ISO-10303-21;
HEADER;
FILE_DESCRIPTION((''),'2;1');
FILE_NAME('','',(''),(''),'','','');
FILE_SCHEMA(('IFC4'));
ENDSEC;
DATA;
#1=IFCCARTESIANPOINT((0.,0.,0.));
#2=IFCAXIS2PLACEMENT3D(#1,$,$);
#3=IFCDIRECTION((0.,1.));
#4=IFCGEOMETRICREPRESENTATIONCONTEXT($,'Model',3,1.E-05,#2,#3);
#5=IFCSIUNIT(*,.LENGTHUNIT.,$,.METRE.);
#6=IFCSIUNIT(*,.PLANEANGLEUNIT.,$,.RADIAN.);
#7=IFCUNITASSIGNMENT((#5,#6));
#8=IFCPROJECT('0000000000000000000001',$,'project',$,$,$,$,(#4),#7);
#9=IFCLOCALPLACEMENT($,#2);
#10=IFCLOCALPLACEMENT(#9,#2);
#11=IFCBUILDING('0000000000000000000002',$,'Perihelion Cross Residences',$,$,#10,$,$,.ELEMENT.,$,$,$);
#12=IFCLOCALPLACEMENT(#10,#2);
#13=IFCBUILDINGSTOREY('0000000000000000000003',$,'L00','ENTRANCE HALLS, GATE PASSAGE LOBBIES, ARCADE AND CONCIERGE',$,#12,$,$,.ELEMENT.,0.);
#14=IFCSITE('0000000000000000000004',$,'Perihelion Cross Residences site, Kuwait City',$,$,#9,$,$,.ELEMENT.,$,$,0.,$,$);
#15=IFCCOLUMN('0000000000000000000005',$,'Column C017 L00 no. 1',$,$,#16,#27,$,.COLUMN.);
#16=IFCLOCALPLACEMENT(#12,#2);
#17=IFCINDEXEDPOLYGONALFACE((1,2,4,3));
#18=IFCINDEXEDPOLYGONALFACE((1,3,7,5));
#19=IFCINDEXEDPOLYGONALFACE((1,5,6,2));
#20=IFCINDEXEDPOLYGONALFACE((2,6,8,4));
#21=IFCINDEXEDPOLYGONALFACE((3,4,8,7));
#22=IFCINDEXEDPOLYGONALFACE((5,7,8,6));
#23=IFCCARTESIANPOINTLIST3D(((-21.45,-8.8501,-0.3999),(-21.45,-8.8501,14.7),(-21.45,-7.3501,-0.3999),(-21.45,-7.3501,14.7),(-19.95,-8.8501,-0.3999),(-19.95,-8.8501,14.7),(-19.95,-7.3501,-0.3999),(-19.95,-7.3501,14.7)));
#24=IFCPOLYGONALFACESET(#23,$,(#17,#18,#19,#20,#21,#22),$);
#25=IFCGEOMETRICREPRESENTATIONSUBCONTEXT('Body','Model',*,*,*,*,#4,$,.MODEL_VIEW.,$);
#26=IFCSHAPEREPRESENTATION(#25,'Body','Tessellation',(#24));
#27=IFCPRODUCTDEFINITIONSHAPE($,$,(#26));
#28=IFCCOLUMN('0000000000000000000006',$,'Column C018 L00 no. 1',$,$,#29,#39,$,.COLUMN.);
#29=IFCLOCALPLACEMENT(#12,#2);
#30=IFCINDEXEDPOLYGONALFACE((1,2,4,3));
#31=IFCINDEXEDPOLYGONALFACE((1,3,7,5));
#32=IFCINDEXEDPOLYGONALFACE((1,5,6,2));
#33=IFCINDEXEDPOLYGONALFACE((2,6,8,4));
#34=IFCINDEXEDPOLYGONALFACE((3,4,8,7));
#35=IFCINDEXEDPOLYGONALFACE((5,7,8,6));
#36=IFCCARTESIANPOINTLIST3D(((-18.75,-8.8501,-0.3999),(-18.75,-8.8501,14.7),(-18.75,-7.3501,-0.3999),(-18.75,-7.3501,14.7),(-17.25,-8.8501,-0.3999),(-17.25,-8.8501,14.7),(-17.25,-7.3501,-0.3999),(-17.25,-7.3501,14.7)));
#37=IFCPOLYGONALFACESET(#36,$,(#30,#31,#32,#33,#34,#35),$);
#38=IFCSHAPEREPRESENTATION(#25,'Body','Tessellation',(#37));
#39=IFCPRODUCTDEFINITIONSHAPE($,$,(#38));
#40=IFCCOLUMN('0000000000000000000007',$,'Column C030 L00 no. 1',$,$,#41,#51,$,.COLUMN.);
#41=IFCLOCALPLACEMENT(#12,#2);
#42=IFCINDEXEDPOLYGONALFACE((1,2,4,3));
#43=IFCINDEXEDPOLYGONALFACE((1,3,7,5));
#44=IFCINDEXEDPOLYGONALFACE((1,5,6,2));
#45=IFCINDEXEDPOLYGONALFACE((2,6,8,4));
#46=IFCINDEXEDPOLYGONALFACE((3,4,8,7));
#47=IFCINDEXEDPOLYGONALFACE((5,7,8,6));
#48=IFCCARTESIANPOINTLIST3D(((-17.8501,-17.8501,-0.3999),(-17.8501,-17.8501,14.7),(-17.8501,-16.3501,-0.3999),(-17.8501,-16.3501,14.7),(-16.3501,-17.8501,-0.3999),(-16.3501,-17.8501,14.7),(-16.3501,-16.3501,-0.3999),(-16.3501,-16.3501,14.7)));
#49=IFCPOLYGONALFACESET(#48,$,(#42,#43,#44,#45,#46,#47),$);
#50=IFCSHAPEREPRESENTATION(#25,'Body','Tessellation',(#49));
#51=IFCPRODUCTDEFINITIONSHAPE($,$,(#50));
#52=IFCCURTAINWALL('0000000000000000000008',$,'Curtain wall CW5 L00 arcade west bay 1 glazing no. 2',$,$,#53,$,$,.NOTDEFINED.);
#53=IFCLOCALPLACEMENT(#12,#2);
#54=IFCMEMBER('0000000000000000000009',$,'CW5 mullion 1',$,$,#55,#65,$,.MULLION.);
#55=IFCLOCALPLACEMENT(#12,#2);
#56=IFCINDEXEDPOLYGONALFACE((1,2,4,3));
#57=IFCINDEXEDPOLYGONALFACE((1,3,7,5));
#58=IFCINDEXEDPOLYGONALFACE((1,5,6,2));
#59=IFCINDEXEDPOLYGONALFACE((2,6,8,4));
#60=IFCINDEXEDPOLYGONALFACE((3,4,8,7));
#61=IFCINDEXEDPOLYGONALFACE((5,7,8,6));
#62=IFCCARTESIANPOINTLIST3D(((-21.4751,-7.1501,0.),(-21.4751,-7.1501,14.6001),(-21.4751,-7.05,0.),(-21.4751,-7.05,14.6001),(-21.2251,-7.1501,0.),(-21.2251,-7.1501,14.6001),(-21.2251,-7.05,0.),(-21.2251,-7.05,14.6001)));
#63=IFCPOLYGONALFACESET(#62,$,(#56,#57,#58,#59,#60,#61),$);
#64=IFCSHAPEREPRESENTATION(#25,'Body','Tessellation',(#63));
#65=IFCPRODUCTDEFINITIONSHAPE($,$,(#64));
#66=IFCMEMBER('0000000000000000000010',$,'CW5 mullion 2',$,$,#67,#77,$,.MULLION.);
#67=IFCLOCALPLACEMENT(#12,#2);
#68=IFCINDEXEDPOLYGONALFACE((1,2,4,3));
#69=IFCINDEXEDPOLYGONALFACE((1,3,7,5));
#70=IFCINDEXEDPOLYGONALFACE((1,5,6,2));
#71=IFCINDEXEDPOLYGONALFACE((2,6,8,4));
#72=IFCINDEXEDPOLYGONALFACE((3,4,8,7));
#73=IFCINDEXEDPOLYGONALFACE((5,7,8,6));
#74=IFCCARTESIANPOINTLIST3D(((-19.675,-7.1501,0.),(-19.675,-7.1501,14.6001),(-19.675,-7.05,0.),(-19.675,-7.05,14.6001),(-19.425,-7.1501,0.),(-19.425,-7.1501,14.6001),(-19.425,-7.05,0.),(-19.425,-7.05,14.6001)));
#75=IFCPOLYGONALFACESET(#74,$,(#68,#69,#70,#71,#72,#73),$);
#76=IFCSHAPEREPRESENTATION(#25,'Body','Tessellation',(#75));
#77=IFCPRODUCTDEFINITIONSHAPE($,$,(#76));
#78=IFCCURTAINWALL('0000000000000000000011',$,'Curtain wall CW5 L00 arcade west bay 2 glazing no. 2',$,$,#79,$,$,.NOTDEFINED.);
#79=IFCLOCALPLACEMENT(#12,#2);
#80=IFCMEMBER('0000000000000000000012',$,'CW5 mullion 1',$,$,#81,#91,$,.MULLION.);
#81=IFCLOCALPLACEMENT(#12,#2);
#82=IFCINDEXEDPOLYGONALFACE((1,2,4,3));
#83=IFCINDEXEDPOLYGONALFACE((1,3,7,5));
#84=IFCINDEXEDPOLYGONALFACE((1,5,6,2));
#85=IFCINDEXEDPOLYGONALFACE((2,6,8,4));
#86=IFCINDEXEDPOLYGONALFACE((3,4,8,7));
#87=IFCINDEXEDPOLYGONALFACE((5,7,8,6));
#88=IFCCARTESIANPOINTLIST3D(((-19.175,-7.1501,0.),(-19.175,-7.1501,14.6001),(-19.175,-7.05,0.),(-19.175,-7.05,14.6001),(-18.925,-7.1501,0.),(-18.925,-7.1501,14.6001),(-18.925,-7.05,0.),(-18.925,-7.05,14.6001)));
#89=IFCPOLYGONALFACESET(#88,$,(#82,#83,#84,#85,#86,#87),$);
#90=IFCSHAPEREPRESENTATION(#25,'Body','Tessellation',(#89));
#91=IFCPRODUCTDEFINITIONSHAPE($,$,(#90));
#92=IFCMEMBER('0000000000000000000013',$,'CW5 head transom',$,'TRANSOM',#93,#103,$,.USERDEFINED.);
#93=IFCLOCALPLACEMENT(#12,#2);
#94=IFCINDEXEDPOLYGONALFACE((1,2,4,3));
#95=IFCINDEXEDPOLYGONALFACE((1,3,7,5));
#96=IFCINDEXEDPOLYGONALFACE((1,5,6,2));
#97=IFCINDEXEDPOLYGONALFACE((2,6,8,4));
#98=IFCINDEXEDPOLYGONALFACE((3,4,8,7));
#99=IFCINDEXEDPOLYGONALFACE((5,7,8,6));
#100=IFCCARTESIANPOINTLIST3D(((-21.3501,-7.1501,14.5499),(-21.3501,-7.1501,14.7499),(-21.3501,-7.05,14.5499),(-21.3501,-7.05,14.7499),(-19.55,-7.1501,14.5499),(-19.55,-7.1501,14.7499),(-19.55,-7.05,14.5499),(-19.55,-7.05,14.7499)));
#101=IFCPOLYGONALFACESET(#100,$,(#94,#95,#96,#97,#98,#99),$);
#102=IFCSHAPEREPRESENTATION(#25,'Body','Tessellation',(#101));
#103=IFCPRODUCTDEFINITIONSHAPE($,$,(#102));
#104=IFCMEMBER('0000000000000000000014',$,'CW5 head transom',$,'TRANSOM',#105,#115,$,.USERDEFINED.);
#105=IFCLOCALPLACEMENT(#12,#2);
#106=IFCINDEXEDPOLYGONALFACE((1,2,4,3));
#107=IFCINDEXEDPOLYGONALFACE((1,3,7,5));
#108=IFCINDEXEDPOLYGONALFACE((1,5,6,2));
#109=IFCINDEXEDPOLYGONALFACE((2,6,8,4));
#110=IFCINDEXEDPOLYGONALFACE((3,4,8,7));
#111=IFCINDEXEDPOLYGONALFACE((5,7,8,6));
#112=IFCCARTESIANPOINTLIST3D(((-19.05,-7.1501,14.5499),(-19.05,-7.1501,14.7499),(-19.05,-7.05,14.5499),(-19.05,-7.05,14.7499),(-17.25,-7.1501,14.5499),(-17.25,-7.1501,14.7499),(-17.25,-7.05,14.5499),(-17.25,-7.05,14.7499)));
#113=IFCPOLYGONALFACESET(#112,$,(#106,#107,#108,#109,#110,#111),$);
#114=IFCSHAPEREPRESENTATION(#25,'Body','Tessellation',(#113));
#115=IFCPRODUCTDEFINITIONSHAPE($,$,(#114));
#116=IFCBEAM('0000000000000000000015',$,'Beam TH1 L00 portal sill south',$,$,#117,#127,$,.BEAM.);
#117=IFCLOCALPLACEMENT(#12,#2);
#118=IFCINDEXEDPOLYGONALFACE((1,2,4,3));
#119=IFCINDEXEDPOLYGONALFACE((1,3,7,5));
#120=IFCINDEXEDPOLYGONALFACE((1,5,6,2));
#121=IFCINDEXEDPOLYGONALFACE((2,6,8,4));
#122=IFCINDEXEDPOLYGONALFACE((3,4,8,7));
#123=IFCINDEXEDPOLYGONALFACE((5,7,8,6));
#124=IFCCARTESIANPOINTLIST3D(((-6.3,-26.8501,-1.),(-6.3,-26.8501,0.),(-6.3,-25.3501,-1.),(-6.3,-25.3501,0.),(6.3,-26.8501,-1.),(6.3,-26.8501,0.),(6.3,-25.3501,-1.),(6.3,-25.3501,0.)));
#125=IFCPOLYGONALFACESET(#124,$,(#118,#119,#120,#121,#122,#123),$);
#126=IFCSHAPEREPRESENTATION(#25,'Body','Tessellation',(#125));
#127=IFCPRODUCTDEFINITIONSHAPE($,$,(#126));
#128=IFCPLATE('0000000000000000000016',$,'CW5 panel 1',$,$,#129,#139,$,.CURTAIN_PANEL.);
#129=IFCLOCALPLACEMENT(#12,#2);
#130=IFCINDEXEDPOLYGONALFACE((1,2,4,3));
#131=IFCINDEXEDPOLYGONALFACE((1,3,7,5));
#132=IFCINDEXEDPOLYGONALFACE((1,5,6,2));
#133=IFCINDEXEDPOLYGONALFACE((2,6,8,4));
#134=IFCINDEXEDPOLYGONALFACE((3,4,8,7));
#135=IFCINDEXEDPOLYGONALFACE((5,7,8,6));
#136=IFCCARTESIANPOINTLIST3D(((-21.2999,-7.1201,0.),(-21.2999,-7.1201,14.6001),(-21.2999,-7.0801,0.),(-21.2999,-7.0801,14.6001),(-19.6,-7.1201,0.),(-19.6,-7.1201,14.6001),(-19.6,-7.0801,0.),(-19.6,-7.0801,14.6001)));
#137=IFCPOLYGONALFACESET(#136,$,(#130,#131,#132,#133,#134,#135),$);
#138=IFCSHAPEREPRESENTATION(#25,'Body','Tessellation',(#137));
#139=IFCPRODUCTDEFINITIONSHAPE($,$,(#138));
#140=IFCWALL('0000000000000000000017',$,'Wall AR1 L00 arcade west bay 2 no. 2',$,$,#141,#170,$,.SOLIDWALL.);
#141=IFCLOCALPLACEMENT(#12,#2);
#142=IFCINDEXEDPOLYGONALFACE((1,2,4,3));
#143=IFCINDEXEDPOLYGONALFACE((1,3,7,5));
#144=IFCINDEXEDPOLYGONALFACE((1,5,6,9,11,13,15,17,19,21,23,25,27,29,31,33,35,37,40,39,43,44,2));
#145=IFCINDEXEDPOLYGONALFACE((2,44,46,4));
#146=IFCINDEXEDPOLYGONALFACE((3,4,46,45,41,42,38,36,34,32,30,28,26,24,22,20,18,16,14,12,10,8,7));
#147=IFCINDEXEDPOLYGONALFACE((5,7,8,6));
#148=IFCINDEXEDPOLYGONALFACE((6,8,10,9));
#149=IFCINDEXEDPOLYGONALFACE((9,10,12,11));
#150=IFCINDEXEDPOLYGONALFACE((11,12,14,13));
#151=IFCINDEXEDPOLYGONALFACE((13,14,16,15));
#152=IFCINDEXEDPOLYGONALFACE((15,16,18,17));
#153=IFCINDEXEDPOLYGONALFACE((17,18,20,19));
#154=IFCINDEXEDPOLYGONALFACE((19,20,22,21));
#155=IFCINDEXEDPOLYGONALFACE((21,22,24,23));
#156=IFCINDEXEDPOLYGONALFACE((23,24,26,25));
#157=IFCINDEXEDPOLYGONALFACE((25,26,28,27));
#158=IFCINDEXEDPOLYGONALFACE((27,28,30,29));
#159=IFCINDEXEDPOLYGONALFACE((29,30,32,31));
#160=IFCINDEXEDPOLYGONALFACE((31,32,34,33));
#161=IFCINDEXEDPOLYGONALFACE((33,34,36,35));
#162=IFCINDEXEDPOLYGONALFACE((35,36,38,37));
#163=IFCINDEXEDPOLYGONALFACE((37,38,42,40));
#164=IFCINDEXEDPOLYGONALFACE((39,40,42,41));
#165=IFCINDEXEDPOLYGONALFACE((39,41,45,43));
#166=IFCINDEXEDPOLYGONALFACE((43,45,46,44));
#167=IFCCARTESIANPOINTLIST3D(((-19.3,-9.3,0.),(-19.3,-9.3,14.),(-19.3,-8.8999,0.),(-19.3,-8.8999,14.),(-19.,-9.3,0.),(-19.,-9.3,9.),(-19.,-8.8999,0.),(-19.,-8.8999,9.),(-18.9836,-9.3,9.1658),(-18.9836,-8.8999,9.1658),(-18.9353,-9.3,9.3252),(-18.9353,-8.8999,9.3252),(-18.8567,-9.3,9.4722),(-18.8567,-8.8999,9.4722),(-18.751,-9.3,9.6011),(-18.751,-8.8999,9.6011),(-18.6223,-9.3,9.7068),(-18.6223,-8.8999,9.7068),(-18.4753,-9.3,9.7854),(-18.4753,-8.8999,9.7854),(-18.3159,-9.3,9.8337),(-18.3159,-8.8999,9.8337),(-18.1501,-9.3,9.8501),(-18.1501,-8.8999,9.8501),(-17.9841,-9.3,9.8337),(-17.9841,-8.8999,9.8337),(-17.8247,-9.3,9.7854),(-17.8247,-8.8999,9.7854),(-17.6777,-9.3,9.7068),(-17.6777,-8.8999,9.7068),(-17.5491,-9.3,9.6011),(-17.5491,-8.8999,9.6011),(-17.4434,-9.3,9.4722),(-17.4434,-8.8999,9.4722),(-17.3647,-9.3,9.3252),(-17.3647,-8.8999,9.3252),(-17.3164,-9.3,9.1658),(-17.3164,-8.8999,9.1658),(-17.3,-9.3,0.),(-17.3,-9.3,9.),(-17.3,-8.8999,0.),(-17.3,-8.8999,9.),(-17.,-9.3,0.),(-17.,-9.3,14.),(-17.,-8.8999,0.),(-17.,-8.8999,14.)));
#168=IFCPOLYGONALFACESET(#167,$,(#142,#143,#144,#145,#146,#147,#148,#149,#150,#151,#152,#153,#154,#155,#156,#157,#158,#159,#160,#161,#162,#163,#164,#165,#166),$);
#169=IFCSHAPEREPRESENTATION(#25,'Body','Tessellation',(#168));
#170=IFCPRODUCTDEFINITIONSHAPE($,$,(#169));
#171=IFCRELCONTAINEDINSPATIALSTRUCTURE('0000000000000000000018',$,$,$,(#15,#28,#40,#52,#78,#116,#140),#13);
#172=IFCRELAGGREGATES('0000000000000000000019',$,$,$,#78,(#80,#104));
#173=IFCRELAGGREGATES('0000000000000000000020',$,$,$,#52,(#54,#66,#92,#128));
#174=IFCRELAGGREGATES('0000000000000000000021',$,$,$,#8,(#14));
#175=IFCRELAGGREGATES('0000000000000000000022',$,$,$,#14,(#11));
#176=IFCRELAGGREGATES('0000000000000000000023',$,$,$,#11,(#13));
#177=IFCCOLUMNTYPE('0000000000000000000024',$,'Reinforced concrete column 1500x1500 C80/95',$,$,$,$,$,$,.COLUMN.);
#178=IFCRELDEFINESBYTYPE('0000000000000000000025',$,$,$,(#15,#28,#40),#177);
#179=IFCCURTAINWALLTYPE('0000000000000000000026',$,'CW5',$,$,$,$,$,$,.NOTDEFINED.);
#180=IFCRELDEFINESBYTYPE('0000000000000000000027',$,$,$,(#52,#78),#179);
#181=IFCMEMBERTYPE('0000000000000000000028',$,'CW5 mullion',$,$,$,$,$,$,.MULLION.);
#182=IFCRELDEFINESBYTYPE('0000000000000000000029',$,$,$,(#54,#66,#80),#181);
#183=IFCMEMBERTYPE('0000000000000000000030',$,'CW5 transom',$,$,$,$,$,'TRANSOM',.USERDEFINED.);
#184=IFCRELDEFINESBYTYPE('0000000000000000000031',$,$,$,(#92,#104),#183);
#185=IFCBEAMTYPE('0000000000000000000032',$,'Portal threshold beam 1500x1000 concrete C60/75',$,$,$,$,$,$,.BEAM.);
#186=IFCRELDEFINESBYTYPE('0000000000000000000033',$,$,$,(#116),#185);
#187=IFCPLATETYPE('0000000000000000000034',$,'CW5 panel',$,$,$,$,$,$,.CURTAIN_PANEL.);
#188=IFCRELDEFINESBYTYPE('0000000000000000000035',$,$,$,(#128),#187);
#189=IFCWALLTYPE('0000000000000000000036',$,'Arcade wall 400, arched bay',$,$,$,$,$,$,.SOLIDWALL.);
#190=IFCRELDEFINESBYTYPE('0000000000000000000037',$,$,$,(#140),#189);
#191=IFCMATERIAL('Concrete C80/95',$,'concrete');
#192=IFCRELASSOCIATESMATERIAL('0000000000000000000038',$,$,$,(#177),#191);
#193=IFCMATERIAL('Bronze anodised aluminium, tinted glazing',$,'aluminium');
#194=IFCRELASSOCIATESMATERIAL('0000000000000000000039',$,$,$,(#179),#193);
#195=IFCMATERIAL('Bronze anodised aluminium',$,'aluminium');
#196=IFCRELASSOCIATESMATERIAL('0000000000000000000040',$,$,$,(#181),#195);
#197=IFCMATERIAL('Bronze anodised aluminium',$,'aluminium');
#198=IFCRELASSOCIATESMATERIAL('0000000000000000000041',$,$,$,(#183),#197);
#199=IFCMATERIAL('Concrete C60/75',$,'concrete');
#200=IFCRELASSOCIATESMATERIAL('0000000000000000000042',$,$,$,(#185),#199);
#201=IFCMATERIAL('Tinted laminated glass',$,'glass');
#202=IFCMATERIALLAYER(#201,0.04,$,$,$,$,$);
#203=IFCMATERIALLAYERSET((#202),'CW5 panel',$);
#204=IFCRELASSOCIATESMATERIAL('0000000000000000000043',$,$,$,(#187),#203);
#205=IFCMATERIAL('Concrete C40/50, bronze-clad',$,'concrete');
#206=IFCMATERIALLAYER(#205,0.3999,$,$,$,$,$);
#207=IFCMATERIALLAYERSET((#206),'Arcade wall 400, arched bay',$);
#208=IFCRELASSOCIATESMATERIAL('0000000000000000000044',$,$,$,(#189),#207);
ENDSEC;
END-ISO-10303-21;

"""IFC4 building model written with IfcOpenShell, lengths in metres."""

from ifc_helpers import new_model, si_unit, direction, frame, origin, origin_2d, place, context, subcontext, project, spatial, polyline, rectangle, outline, extrude, material, layer, layer_set, material_profile, profile_set, type_object, element, aggregate, save


model = new_model("IFC4")

# Units and contexts
model_context = context("Model", 3, precision=1e-05, world=origin(), true_north=direction((0.0, 1.0)))
body_context = subcontext(model_context, "Body", "Model", "MODEL_VIEW")
ifc_project = project(units=[si_unit("LENGTHUNIT", "METRE"), si_unit("PLANEANGLEUNIT", "RADIAN")], contexts=[model_context])

# Site, building, storey
site_placement = place(None, origin())
site = spatial("IfcSite", under=ifc_project, at=site_placement, Name="Perihelion Cross Residences site, Kuwait City", CompositionType="ELEMENT", RefElevation=0.0)
building_placement = place(site_placement, origin())
building = spatial("IfcBuilding", under=site, at=building_placement, Name="Perihelion Cross Residences", CompositionType="ELEMENT")
storey_placement = place(building_placement, origin())
storey = spatial("IfcBuildingStorey", under=building, at=storey_placement, Name="L00", Description="ENTRANCE HALLS, GATE PASSAGE LOBBIES, ARCADE AND CONCIERGE", CompositionType="ELEMENT", Elevation=0.0)

# Columns
ifc_material_1 = material(Name="Concrete C80/95", Category="concrete")
ifc_material_profile_1 = material_profile(ifc_material_1, rectangle(XDim=1.5, YDim=1.5, at=origin_2d()), Name="RC 1500x1500")
ifc_profile_set_1 = profile_set([ifc_material_profile_1], Name="Concrete C80/95")
column_type = type_object("IfcColumnType", Name="Reinforced concrete column 1500x1500 C80/95", PredefinedType="COLUMN", material=ifc_profile_set_1)
for number, where, z_axis, x_axis, name in (
    (1, (-20.7, -8.1001, -0.3999), (0.0, 0.0, 1.0), (1.0, 0.0, 0.0), "Column C017 L00 no. 1"),
    (2, (-18.0, -8.1001, -0.3999), (0.0, 0.0, 1.0), (1.0, 0.0, 0.0), "Column C018 L00 no. 1"),
    (3, (-17.1001, -17.1001, -0.3999), (0.0, 0.0, 1.0), (1.0, 0.0, 0.0), "Column C030 L00 no. 1"),
):
    element("IfcColumn", number, at=place(storey_placement, frame(where, z_axis=z_axis, x_axis=x_axis)), inside=storey, type_object=column_type, Name=name, PredefinedType="COLUMN", context=body_context, shape_type="SweptSolid", body=[
        extrude(rectangle(XDim=1.5, YDim=1.5, at=origin_2d()), origin(), (0.0, 0.0, 1.0), 15.0999),
    ])

# Curtain wall, members
ifc_material_2 = material(Name="Bronze anodised aluminium, tinted glazing", Category="aluminium")
curtain_wall_type = type_object("IfcCurtainWallType", Name="CW5", PredefinedType="NOTDEFINED", material=ifc_material_2)
curtain_wall_1_placement = place(storey_placement, origin())
curtain_wall_1 = element("IfcCurtainWall", 4, at=curtain_wall_1_placement, inside=storey, type_object=curtain_wall_type, Name="Curtain wall CW5 L00 arcade west bay 1 glazing no. 2", PredefinedType="NOTDEFINED")
ifc_material_3 = material(Name="Bronze anodised aluminium", Category="aluminium")
ifc_material_profile_2 = material_profile(ifc_material_3, rectangle(XDim=0.1001, YDim=0.25, at=origin_2d()), Name="CW5 mullion")
ifc_profile_set_2 = profile_set([ifc_material_profile_2], Name="Bronze anodised aluminium")
member_type_1 = type_object("IfcMemberType", Name="CW5 mullion", PredefinedType="MULLION", material=ifc_profile_set_2)
member_1_placement = place(storey_placement, frame((-21.3501, -7.1001, 0.0), z_axis=(0.0, 0.0, 1.0), x_axis=(0.0, 1.0, 0.0)))
member_1 = element("IfcMember", 5, at=member_1_placement, type_object=member_type_1, Name="CW5 mullion 1", PredefinedType="MULLION", context=body_context, shape_type="SweptSolid", body=[
    extrude(rectangle(XDim=0.1001, YDim=0.25, at=origin_2d()), origin(), (0.0, 0.0, 1.0), 14.6001),
])
member_2_placement = place(storey_placement, frame((-19.55, -7.1001, 0.0), z_axis=(0.0, 0.0, 1.0), x_axis=(0.0, 1.0, 0.0)))
member_2 = element("IfcMember", 6, at=member_2_placement, type_object=member_type_1, Name="CW5 mullion 2", PredefinedType="MULLION", context=body_context, shape_type="SweptSolid", body=[
    extrude(rectangle(XDim=0.1001, YDim=0.25, at=origin_2d()), origin(), (0.0, 0.0, 1.0), 14.6001),
])

# Curtain wall, member
curtain_wall_2_placement = place(storey_placement, origin())
curtain_wall_2 = element("IfcCurtainWall", 7, at=curtain_wall_2_placement, inside=storey, type_object=curtain_wall_type, Name="Curtain wall CW5 L00 arcade west bay 2 glazing no. 2", PredefinedType="NOTDEFINED")
member_3_placement = place(storey_placement, frame((-19.05, -7.1001, 0.0), z_axis=(0.0, 0.0, 1.0), x_axis=(0.0, 1.0, 0.0)))
member_3 = element("IfcMember", 8, at=member_3_placement, type_object=member_type_1, Name="CW5 mullion 1", PredefinedType="MULLION", context=body_context, shape_type="SweptSolid", body=[
    extrude(rectangle(XDim=0.1001, YDim=0.25, at=origin_2d()), origin(), (0.0, 0.0, 1.0), 14.6001),
])

# Members
ifc_material_4 = material(Name="Bronze anodised aluminium", Category="aluminium")
ifc_material_profile_3 = material_profile(ifc_material_4, rectangle(XDim=0.1001, YDim=0.2, at=origin_2d()), Name="CW5 transom")
ifc_profile_set_3 = profile_set([ifc_material_profile_3], Name="Bronze anodised aluminium")
member_type_2 = type_object("IfcMemberType", Name="CW5 transom", ElementType="TRANSOM", PredefinedType="USERDEFINED", material=ifc_profile_set_3)
member_4_placement = place(storey_placement, frame((-21.3501, -7.1001, 14.6499), z_axis=(1.0, 0.0, 0.0), x_axis=(0.0, 1.0, 0.0)))
member_4 = element("IfcMember", 9, at=member_4_placement, type_object=member_type_2, Name="CW5 head transom", ObjectType="TRANSOM", PredefinedType="USERDEFINED", context=body_context, shape_type="SweptSolid", body=[
    extrude(rectangle(XDim=0.1001, YDim=0.2, at=origin_2d()), origin(), (0.0, 0.0, 1.0), 1.8),
])
member_5_placement = place(storey_placement, frame((-19.05, -7.1001, 14.6499), z_axis=(1.0, 0.0, 0.0), x_axis=(0.0, 1.0, 0.0)))
member_5 = element("IfcMember", 10, at=member_5_placement, type_object=member_type_2, Name="CW5 head transom", ObjectType="TRANSOM", PredefinedType="USERDEFINED", context=body_context, shape_type="SweptSolid", body=[
    extrude(rectangle(XDim=0.1001, YDim=0.2, at=origin_2d()), origin(), (0.0, 0.0, 1.0), 1.8),
])
aggregate(curtain_wall_2, [member_3, member_5])

# Beam
ifc_material_5 = material(Name="Concrete C60/75", Category="concrete")
ifc_material_profile_4 = material_profile(ifc_material_5, rectangle(XDim=1.5, YDim=1.0, at=origin_2d()), Name="RC 1500x1000")
ifc_profile_set_4 = profile_set([ifc_material_profile_4], Name="Concrete C60/75")
beam_type = type_object("IfcBeamType", Name="Portal threshold beam 1500x1000 concrete C60/75", PredefinedType="BEAM", material=ifc_profile_set_4)
beam_placement = place(storey_placement, frame((-6.3, -26.1001, -0.5), z_axis=(1.0, 0.0, 0.0), x_axis=(0.0, 1.0, 0.0)))
element("IfcBeam", 11, at=beam_placement, inside=storey, type_object=beam_type, Name="Beam TH1 L00 portal sill south", PredefinedType="BEAM", context=body_context, shape_type="SweptSolid", body=[
    extrude(rectangle(XDim=1.5, YDim=1.0, at=origin_2d()), origin(), (0.0, 0.0, 1.0), 12.6001),
])

# Plate
ifc_material_6 = material(Name="Tinted laminated glass", Category="glass")
ifc_layer_1 = layer(ifc_material_6, 0.04)
ifc_layer_set_1 = layer_set([ifc_layer_1], Name="CW5 panel")
plate_type = type_object("IfcPlateType", Name="CW5 panel", PredefinedType="CURTAIN_PANEL", material=ifc_layer_set_1)
plate_placement = place(storey_placement, frame((-20.45, -7.1001, 0.0), z_axis=(0.0, 0.0, 1.0), x_axis=(1.0, 0.0, 0.0)))
plate = element("IfcPlate", 12, at=plate_placement, type_object=plate_type, Name="CW5 panel 1", PredefinedType="CURTAIN_PANEL", context=body_context, shape_type="SweptSolid", body=[
    extrude(rectangle(XDim=1.7, YDim=0.04, at=origin_2d()), origin(), (0.0, 0.0, 1.0), 14.6001),
])
aggregate(curtain_wall_1, [member_1, member_2, member_4, plate])

# Wall
ifc_material_7 = material(Name="Concrete C40/50, bronze-clad", Category="concrete")
ifc_layer_2 = layer(ifc_material_7, 0.3999)
ifc_layer_set_2 = layer_set([ifc_layer_2], Name="Arcade wall 400, arched bay")
wall_type_1 = type_object("IfcWallType", Name="Arcade wall 400, arched bay", PredefinedType="SOLIDWALL", material=ifc_layer_set_2)
wall_1_placement = place(storey_placement, frame((-19.3, -8.8999, 0.0), z_axis=(0.0, -1.0, 0.0), x_axis=(1.0, 0.0, 0.0)))
element("IfcWall", 13, at=wall_1_placement, inside=storey, type_object=wall_type_1, Name="Wall AR1 L00 arcade west bay 2 no. 2", PredefinedType="SOLIDWALL", context=body_context, shape_type="SweptSolid", body=[
    extrude(outline(polyline([(0.0, 0.0), (0.3, 0.0), (0.3, 9.0), (0.3164, 9.1658), (0.3647, 9.3252), (0.4434, 9.4722), (0.5491, 9.6011), (0.6777, 9.7068), (0.8247, 9.7854), (0.9841, 9.8337), (1.1499, 9.8501), (1.3159, 9.8337), (1.4753, 9.7854), (1.6223, 9.7068), (1.751, 9.6011), (1.8567, 9.4722), (1.9353, 9.3252), (1.9836, 9.1658), (2.0, 9.0), (2.0, 0.0), (2.3, 0.0), (2.3, 14.0), (0.0, 14.0), (0.0, 0.0)])), origin(), (0.0, 0.0, 1.0), 0.4001),
])

save(model, "model.ifc")
